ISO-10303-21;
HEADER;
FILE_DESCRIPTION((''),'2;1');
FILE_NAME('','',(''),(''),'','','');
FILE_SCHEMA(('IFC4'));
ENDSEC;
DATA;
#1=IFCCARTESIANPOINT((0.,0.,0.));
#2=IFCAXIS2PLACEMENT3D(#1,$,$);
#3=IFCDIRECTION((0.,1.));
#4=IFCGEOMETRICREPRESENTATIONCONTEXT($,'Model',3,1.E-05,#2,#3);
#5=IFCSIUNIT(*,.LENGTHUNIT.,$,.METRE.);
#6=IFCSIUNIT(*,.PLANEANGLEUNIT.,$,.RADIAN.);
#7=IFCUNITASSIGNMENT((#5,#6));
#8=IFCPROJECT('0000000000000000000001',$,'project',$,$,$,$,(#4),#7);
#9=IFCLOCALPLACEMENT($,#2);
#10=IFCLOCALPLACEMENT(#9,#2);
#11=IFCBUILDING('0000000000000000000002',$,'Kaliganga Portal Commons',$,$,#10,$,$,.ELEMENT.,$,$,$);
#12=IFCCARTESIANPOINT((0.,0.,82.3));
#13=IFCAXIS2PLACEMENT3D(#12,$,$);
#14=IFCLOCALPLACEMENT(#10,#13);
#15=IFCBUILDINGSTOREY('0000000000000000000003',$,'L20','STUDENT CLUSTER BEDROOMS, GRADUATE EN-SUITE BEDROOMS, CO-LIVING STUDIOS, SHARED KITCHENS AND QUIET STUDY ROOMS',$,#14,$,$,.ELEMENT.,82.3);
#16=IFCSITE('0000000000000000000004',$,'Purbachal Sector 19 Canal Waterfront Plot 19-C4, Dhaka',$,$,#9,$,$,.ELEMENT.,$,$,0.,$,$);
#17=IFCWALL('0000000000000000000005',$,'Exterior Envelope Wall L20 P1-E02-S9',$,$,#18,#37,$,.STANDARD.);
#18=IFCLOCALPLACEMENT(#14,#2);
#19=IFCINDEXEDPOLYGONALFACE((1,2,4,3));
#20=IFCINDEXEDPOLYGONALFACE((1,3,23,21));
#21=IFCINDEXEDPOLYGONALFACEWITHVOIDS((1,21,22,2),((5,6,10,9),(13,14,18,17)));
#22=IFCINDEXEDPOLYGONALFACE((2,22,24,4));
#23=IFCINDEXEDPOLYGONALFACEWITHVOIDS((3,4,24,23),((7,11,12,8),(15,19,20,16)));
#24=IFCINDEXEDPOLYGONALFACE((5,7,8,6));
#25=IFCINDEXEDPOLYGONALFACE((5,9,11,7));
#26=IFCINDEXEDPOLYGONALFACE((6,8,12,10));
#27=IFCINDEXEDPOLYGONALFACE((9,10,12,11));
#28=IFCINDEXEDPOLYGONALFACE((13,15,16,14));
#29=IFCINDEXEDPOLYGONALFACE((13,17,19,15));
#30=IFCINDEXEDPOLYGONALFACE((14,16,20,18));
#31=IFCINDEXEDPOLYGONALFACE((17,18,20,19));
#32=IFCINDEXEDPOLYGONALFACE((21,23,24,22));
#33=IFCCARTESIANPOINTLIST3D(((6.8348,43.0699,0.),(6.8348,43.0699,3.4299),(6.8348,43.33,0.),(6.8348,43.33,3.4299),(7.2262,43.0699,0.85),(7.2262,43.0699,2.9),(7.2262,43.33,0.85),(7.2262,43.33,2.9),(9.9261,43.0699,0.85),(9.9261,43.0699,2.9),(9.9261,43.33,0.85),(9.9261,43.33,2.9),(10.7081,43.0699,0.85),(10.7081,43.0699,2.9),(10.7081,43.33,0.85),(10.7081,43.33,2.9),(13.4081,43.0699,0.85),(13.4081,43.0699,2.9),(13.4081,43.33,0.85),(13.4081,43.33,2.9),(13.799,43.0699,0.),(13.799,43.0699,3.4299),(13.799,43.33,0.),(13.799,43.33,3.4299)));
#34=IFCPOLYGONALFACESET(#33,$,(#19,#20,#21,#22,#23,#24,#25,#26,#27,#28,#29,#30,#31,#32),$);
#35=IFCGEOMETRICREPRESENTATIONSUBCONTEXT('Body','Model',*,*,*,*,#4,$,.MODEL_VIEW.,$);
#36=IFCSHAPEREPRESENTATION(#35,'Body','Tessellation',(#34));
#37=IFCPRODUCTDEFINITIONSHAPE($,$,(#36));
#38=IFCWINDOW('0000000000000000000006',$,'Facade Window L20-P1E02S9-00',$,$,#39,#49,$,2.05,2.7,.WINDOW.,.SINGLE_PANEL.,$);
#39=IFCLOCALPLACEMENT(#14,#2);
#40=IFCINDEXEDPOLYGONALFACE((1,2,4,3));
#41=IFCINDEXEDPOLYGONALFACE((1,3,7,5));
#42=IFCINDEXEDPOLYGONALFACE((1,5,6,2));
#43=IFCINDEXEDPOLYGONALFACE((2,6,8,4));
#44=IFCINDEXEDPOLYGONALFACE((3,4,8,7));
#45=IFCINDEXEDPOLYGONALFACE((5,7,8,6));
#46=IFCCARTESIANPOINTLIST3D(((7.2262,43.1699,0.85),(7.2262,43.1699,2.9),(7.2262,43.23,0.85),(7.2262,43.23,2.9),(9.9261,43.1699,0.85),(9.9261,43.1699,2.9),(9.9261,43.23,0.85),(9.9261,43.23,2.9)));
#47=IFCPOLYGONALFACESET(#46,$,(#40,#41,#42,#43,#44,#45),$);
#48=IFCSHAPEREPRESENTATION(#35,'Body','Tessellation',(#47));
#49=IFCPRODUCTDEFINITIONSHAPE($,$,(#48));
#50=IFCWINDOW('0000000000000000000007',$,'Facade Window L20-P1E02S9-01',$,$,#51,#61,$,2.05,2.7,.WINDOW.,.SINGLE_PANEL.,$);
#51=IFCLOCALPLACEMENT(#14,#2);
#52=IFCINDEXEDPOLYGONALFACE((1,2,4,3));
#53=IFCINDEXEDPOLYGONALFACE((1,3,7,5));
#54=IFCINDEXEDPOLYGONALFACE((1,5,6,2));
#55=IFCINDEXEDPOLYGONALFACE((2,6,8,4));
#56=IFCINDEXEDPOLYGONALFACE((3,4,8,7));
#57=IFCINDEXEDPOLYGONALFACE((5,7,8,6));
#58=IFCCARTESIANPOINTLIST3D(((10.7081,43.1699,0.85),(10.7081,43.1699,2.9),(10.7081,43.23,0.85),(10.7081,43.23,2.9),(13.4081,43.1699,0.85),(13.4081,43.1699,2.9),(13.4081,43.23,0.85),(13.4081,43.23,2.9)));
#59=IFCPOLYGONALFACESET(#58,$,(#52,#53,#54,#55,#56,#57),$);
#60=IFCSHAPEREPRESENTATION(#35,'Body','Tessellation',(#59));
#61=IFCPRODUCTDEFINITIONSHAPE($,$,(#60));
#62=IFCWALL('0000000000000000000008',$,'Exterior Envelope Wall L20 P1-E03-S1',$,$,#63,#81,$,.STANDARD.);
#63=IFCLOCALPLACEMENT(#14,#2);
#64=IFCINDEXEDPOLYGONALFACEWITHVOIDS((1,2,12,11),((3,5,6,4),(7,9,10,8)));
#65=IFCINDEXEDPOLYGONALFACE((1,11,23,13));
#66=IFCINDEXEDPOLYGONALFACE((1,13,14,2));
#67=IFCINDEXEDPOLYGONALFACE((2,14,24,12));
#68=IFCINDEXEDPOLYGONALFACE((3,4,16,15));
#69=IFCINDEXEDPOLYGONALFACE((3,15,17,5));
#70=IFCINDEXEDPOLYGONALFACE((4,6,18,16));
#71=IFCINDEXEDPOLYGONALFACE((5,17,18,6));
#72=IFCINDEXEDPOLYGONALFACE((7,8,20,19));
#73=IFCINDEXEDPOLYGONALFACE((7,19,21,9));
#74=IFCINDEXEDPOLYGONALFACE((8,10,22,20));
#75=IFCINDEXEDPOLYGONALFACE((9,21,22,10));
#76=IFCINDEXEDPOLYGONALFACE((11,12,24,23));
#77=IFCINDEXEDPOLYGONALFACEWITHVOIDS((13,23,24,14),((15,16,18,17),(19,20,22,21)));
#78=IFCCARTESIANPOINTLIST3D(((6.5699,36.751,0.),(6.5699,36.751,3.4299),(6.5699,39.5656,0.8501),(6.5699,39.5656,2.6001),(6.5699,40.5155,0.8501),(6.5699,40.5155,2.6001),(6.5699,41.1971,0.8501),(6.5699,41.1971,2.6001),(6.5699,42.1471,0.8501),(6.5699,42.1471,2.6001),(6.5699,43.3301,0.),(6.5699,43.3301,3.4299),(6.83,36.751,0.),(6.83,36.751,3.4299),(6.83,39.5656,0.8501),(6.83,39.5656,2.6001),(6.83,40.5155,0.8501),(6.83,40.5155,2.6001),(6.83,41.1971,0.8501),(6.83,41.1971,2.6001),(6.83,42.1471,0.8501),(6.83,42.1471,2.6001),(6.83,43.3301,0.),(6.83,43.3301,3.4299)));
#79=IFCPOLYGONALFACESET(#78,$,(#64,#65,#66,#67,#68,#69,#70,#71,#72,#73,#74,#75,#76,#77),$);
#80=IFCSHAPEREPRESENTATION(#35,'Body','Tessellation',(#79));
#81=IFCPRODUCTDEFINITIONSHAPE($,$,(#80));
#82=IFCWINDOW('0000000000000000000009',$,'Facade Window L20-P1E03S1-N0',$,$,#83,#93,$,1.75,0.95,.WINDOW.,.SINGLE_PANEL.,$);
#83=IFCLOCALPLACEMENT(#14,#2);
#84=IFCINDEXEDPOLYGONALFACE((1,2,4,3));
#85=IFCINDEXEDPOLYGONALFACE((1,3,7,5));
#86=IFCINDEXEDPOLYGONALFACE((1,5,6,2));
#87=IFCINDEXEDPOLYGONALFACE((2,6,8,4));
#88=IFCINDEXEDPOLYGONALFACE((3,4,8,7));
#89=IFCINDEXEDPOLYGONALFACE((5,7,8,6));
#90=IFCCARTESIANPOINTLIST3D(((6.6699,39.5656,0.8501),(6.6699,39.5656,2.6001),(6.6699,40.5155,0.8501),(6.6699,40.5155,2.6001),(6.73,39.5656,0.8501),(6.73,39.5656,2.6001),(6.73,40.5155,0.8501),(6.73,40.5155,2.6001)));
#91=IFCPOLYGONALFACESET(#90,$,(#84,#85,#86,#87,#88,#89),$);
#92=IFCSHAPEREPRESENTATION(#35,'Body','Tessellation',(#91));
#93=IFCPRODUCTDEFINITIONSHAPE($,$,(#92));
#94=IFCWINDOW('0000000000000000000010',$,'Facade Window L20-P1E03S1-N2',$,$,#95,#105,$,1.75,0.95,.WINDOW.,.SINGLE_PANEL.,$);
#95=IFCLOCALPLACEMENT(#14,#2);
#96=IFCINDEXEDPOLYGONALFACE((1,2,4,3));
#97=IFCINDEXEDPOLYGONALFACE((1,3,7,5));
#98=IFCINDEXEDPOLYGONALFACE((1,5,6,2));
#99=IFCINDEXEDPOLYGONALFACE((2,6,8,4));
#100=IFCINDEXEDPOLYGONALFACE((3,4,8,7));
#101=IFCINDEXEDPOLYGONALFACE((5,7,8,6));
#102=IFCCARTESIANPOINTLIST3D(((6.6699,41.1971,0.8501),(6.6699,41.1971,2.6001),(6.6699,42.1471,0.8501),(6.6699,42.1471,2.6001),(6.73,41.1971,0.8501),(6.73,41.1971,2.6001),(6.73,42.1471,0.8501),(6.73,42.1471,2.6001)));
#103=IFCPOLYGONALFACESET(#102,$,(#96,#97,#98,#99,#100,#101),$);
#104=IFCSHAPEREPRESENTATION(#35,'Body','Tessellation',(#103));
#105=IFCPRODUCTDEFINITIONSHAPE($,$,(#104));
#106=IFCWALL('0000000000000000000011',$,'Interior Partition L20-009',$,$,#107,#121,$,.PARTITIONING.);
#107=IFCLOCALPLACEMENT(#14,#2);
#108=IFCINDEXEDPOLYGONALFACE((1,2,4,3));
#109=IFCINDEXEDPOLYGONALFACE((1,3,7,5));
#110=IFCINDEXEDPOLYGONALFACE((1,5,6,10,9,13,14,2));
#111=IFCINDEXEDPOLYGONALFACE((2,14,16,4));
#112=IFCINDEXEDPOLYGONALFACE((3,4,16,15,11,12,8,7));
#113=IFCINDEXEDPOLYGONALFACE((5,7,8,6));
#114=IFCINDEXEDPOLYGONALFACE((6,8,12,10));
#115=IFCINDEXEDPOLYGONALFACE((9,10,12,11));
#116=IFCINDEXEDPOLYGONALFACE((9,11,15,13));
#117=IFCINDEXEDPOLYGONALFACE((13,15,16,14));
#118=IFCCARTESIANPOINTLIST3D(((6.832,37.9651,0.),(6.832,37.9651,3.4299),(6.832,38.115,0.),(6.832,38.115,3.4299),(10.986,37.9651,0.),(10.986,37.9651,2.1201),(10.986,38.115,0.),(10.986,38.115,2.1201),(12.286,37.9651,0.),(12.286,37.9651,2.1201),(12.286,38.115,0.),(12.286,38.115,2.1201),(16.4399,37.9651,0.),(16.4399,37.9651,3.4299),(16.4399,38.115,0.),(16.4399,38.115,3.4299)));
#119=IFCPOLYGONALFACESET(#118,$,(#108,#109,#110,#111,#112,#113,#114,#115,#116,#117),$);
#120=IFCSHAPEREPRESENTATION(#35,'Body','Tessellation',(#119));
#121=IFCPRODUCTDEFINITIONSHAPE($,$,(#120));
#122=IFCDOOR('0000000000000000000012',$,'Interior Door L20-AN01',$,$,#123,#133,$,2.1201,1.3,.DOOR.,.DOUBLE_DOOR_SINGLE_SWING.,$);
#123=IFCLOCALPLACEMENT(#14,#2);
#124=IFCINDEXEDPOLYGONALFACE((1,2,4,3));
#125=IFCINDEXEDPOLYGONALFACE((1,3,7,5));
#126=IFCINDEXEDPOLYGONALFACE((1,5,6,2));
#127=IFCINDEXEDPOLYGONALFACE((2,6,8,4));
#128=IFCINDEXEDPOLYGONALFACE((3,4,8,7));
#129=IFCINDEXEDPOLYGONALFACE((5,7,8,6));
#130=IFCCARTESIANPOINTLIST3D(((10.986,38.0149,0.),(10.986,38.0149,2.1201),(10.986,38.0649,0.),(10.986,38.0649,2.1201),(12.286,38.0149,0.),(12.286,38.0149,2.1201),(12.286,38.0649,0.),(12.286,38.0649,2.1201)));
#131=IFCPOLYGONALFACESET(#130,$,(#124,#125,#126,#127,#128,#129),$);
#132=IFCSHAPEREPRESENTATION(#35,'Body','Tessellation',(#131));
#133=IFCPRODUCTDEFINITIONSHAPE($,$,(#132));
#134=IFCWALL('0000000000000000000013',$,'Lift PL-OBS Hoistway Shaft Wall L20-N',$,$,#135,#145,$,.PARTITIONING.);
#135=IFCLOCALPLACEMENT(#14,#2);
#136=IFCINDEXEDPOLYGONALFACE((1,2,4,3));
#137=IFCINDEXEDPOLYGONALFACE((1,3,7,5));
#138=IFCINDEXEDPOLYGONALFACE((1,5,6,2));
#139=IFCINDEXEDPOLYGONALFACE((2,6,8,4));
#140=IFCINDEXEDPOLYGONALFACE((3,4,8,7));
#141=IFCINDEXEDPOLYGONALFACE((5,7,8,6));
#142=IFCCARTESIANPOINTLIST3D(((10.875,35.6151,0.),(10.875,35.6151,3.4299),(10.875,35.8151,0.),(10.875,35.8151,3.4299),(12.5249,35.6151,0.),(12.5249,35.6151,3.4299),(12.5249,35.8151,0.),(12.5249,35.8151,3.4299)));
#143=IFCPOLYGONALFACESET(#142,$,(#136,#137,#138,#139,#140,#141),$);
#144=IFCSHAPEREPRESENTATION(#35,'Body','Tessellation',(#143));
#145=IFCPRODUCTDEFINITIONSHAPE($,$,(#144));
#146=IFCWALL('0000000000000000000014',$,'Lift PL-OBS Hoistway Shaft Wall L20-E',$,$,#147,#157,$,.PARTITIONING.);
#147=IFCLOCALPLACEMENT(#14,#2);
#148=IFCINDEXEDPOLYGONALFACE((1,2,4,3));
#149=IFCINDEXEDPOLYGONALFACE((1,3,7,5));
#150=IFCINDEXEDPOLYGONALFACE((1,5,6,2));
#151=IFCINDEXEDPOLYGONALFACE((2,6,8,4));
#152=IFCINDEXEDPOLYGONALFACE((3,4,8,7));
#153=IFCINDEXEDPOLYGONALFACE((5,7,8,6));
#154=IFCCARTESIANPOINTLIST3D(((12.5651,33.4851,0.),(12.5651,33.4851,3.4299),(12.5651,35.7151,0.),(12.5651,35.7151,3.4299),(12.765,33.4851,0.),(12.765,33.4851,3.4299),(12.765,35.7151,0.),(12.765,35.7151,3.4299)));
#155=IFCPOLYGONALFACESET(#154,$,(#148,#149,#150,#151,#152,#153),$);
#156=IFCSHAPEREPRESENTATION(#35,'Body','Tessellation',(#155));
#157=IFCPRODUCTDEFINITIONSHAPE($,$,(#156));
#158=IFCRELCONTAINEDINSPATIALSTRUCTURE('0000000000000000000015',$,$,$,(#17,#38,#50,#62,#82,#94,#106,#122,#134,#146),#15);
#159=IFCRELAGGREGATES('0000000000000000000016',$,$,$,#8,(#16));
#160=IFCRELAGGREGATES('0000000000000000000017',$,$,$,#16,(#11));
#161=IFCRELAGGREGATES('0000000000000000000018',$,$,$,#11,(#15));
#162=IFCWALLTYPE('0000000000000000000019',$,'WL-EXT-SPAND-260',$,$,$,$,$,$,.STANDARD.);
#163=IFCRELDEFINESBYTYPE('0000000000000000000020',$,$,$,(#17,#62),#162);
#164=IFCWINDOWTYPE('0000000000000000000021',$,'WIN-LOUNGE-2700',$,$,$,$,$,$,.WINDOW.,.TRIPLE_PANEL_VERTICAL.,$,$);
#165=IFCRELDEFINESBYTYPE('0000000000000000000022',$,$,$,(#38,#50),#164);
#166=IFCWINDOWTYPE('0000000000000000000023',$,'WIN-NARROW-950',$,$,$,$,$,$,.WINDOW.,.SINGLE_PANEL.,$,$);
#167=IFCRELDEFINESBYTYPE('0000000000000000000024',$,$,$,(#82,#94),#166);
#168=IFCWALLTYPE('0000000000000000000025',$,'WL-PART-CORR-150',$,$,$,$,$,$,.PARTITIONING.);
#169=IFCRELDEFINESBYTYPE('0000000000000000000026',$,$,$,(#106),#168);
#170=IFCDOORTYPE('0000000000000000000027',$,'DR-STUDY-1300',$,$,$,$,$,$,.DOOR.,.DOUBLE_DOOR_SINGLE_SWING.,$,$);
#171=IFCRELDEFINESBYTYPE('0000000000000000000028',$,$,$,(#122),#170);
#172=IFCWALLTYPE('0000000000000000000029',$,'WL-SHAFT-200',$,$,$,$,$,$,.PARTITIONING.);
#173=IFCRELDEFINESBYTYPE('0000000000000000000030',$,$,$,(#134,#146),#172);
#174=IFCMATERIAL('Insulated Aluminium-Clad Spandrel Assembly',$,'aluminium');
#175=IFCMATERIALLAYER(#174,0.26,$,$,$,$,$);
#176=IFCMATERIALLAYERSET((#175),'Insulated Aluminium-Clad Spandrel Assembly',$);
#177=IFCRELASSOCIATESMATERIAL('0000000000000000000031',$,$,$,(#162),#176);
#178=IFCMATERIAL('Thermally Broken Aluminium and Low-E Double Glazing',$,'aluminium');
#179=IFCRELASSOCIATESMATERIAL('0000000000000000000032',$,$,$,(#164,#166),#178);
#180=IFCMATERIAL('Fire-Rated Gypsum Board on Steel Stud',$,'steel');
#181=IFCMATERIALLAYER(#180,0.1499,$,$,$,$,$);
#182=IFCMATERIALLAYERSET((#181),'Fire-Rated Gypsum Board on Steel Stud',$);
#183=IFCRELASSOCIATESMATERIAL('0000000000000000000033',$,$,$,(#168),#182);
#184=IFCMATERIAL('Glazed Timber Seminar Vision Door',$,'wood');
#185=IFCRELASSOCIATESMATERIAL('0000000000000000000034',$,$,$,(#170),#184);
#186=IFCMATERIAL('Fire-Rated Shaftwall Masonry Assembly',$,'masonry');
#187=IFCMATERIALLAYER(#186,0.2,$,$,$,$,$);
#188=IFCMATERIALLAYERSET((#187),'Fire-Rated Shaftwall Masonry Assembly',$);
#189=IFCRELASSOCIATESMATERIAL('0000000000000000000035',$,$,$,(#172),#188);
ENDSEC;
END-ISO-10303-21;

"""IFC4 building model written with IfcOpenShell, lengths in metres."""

from ifc_helpers import new_model, si_unit, direction, frame, frame_2d, origin, place, context, subcontext, project, spatial, rectangle, extrude, material, layer, layer_set, type_object, element, fill, save


model = new_model("IFC4")

# Units and contexts
model_context = context("Model", 3, precision=1e-05, world=origin(), true_north=direction((0.0, 1.0)))
body_context = subcontext(model_context, "Body", "Model", "MODEL_VIEW")
ifc_project = project(units=[si_unit("LENGTHUNIT", "METRE"), si_unit("PLANEANGLEUNIT", "RADIAN")], contexts=[model_context])

# Site, building, storey
site_placement = place(None, origin())
site = spatial("IfcSite", under=ifc_project, at=site_placement, Name="Purbachal Sector 19 Canal Waterfront Plot 19-C4, Dhaka", CompositionType="ELEMENT", RefElevation=0.0)
building_placement = place(site_placement, origin())
building = spatial("IfcBuilding", under=site, at=building_placement, Name="Kaliganga Portal Commons", CompositionType="ELEMENT")
storey_placement = place(building_placement, frame((0.0, 0.0, 82.3)))
storey = spatial("IfcBuildingStorey", under=building, at=storey_placement, Name="L20", Description="STUDENT CLUSTER BEDROOMS, GRADUATE EN-SUITE BEDROOMS, CO-LIVING STUDIOS, SHARED KITCHENS AND QUIET STUDY ROOMS", CompositionType="ELEMENT", Elevation=82.3)

# Walls, openings, windows
ifc_material_1 = material(Name="Insulated Aluminium-Clad Spandrel Assembly", Category="aluminium")
ifc_layer_1 = layer(ifc_material_1, 0.26)
ifc_layer_set_1 = layer_set([ifc_layer_1], Name="Insulated Aluminium-Clad Spandrel Assembly")
wall_type_1 = type_object("IfcWallType", Name="WL-EXT-SPAND-260", PredefinedType="STANDARD", material=ifc_layer_set_1)
wall_1_placement = place(storey_placement, frame((6.835, 43.2, 0.0), z_axis=(0.0, 0.0, 1.0), x_axis=(1.0, 0.0, 0.0)))
wall_1 = element("IfcWall", 1, at=wall_1_placement, inside=storey, type_object=wall_type_1, Name="Exterior Envelope Wall L20 P1-E02-S9", PredefinedType="STANDARD", context=body_context, shape_type="SweptSolid", body=[
    extrude(rectangle(XDim=6.9641, YDim=0.26, at=frame_2d((3.4819, 0.0))), origin(), (0.0, 0.0, 1.0), 3.4299),
])
opening_1_placement = place(wall_1_placement, frame((0.3911, 0.0, 0.8501)))
opening_1 = element("IfcOpeningElement", 2, at=opening_1_placement, cuts=wall_1, PredefinedType="OPENING", context=body_context, shape_type="SweptSolid", body=[
    extrude(rectangle(XDim=2.7, YDim=2.05, at=frame_2d((1.3501, 1.0249))), frame((0.0, 0.1401, 0.0), z_axis=(0.0, -1.0, 0.0), x_axis=(1.0, 0.0, 0.0)), (0.0, 0.0, 1.0), 0.28),
])
opening_2_placement = place(wall_1_placement, frame((3.873, 0.0, 0.8501)))
opening_2 = element("IfcOpeningElement", 3, at=opening_2_placement, cuts=wall_1, PredefinedType="OPENING", context=body_context, shape_type="SweptSolid", body=[
    extrude(rectangle(XDim=2.7, YDim=2.05, at=frame_2d((1.3501, 1.0249))), frame((0.0, 0.1401, 0.0), z_axis=(0.0, -1.0, 0.0), x_axis=(1.0, 0.0, 0.0)), (0.0, 0.0, 1.0), 0.28),
])
ifc_material_2 = material(Name="Thermally Broken Aluminium and Low-E Double Glazing", Category="aluminium")
window_type_1 = type_object("IfcWindowType", Name="WIN-LOUNGE-2700", PartitioningType="TRIPLE_PANEL_VERTICAL", PredefinedType="WINDOW", material=ifc_material_2)
window_1_placement = place(opening_1_placement, origin())
window_1 = element("IfcWindow", 4, at=window_1_placement, inside=storey, type_object=window_type_1, Name="Facade Window L20-P1E02S9-00", OverallHeight=2.05, OverallWidth=2.7, PartitioningType="SINGLE_PANEL", PredefinedType="WINDOW", context=body_context, shape_type="SweptSolid", body=[
    extrude(rectangle(XDim=2.7, YDim=2.05, at=frame_2d((1.3501, 1.0249))), frame((0.0, 0.03, 0.0), z_axis=(0.0, -1.0, 0.0), x_axis=(1.0, 0.0, 0.0)), (0.0, 0.0, 1.0), 0.0601),
])
fill(opening_1, window_1)
window_2_placement = place(opening_2_placement, origin())
window_2 = element("IfcWindow", 5, at=window_2_placement, inside=storey, type_object=window_type_1, Name="Facade Window L20-P1E02S9-01", OverallHeight=2.05, OverallWidth=2.7, PartitioningType="SINGLE_PANEL", PredefinedType="WINDOW", context=body_context, shape_type="SweptSolid", body=[
    extrude(rectangle(XDim=2.7, YDim=2.05, at=frame_2d((1.3501, 1.0249))), frame((0.0, 0.03, 0.0), z_axis=(0.0, -1.0, 0.0), x_axis=(1.0, 0.0, 0.0)), (0.0, 0.0, 1.0), 0.0601),
])
fill(opening_2, window_2)
wall_2_placement = place(storey_placement, frame((6.7, 36.751, 0.0), z_axis=(0.0, 0.0, 1.0), x_axis=(0.0, 1.0, 0.0)))
wall_2 = element("IfcWall", 6, at=wall_2_placement, inside=storey, type_object=wall_type_1, Name="Exterior Envelope Wall L20 P1-E03-S1", PredefinedType="STANDARD", context=body_context, shape_type="SweptSolid", body=[
    extrude(rectangle(XDim=6.5791, YDim=0.26, at=frame_2d((3.2896, 0.0))), origin(), (0.0, 0.0, 1.0), 3.4299),
])
opening_3_placement = place(wall_2_placement, frame((2.8145, 0.0, 0.8501)))
opening_3 = element("IfcOpeningElement", 7, at=opening_3_placement, cuts=wall_2, PredefinedType="OPENING", context=body_context, shape_type="SweptSolid", body=[
    extrude(rectangle(XDim=0.95, YDim=1.75, at=frame_2d((0.4751, 0.875))), frame((0.0, 0.1401, 0.0), z_axis=(0.0, -1.0, 0.0), x_axis=(1.0, 0.0, 0.0)), (0.0, 0.0, 1.0), 0.28),
])
opening_4_placement = place(wall_2_placement, frame((4.446, 0.0, 0.8501)))
opening_4 = element("IfcOpeningElement", 8, at=opening_4_placement, cuts=wall_2, PredefinedType="OPENING", context=body_context, shape_type="SweptSolid", body=[
    extrude(rectangle(XDim=0.95, YDim=1.75, at=frame_2d((0.4751, 0.875))), frame((0.0, 0.1401, 0.0), z_axis=(0.0, -1.0, 0.0), x_axis=(1.0, 0.0, 0.0)), (0.0, 0.0, 1.0), 0.28),
])
window_type_2 = type_object("IfcWindowType", Name="WIN-NARROW-950", PartitioningType="SINGLE_PANEL", PredefinedType="WINDOW", material=ifc_material_2)
window_3_placement = place(opening_3_placement, origin())
window_3 = element("IfcWindow", 9, at=window_3_placement, inside=storey, type_object=window_type_2, Name="Facade Window L20-P1E03S1-N0", OverallHeight=1.75, OverallWidth=0.95, PartitioningType="SINGLE_PANEL", PredefinedType="WINDOW", context=body_context, shape_type="SweptSolid", body=[
    extrude(rectangle(XDim=0.95, YDim=1.75, at=frame_2d((0.4751, 0.875))), frame((0.0, 0.03, 0.0), z_axis=(0.0, -1.0, 0.0), x_axis=(1.0, 0.0, 0.0)), (0.0, 0.0, 1.0), 0.0601),
])
fill(opening_3, window_3)
window_4_placement = place(opening_4_placement, origin())
window_4 = element("IfcWindow", 10, at=window_4_placement, inside=storey, type_object=window_type_2, Name="Facade Window L20-P1E03S1-N2", OverallHeight=1.75, OverallWidth=0.95, PartitioningType="SINGLE_PANEL", PredefinedType="WINDOW", context=body_context, shape_type="SweptSolid", body=[
    extrude(rectangle(XDim=0.95, YDim=1.75, at=frame_2d((0.4751, 0.875))), frame((0.0, 0.03, 0.0), z_axis=(0.0, -1.0, 0.0), x_axis=(1.0, 0.0, 0.0)), (0.0, 0.0, 1.0), 0.0601),
])
fill(opening_4, window_4)

# Wall, opening, door
ifc_material_3 = material(Name="Fire-Rated Gypsum Board on Steel Stud", Category="steel")
ifc_layer_2 = layer(ifc_material_3, 0.1499)
ifc_layer_set_2 = layer_set([ifc_layer_2], Name="Fire-Rated Gypsum Board on Steel Stud")
wall_type_2 = type_object("IfcWallType", Name="WL-PART-CORR-150", PredefinedType="PARTITIONING", material=ifc_layer_set_2)
wall_3_placement = place(storey_placement, frame((6.832, 38.04, 0.0), z_axis=(0.0, 0.0, 1.0), x_axis=(1.0, 0.0, 0.0)))
wall_3 = element("IfcWall", 11, at=wall_3_placement, inside=storey, type_object=wall_type_2, Name="Interior Partition L20-009", PredefinedType="PARTITIONING", context=body_context, shape_type="SweptSolid", body=[
    extrude(rectangle(XDim=9.6079, YDim=0.1499, at=frame_2d((4.804, 0.0))), origin(), (0.0, 0.0, 1.0), 3.4299),
])
opening_5_placement = place(wall_3_placement, frame((4.1541, 0.0, 0.0)))
opening_5 = element("IfcOpeningElement", 12, at=opening_5_placement, cuts=wall_3, PredefinedType="OPENING", context=body_context, shape_type="SweptSolid", body=[
    extrude(rectangle(XDim=1.3, YDim=2.1201, at=frame_2d((0.6499, 1.0601))), frame((0.0, 0.085, 0.0), z_axis=(0.0, -1.0, 0.0), x_axis=(1.0, 0.0, 0.0)), (0.0, 0.0, 1.0), 0.1699),
])
ifc_material_4 = material(Name="Glazed Timber Seminar Vision Door", Category="wood")
door_type_1 = type_object("IfcDoorType", Name="DR-STUDY-1300", OperationType="DOUBLE_DOOR_SINGLE_SWING", PredefinedType="DOOR", material=ifc_material_4)
door_1_placement = place(opening_5_placement, origin())
door_1 = element("IfcDoor", 13, at=door_1_placement, inside=storey, type_object=door_type_1, Name="Interior Door L20-AN01", OperationType="DOUBLE_DOOR_SINGLE_SWING", OverallHeight=2.1201, OverallWidth=1.3, PredefinedType="DOOR", context=body_context, shape_type="SweptSolid", body=[
    extrude(rectangle(XDim=1.3, YDim=2.1201, at=frame_2d((0.6499, 1.0601))), frame((0.0, 0.0249, 0.0), z_axis=(0.0, -1.0, 0.0), x_axis=(1.0, 0.0, 0.0)), (0.0, 0.0, 1.0), 0.05),
])
fill(opening_5, door_1)
ifc_material_5 = material(Name="Fire-Rated Shaftwall Masonry Assembly", Category="masonry")
ifc_layer_3 = layer(ifc_material_5, 0.2)
ifc_layer_set_3 = layer_set([ifc_layer_3], Name="Fire-Rated Shaftwall Masonry Assembly")
wall_type_3 = type_object("IfcWallType", Name="WL-SHAFT-200", PredefinedType="PARTITIONING", material=ifc_layer_set_3)

# Walls
wall_4_placement = place(storey_placement, frame((10.875, 35.7151, 0.0), z_axis=(0.0, 0.0, 1.0), x_axis=(1.0, 0.0, 0.0)))
element("IfcWall", 14, at=wall_4_placement, inside=storey, type_object=wall_type_3, Name="Lift PL-OBS Hoistway Shaft Wall L20-N", PredefinedType="PARTITIONING", context=body_context, shape_type="SweptSolid", body=[
    extrude(rectangle(XDim=1.6499, YDim=0.2, at=frame_2d((0.825, 0.0))), origin(), (0.0, 0.0, 1.0), 3.4299),
])
wall_5_placement = place(storey_placement, frame((12.665, 33.4851, 0.0), z_axis=(0.0, 0.0, 1.0), x_axis=(0.0, 1.0, 0.0)))
element("IfcWall", 15, at=wall_5_placement, inside=storey, type_object=wall_type_3, Name="Lift PL-OBS Hoistway Shaft Wall L20-E", PredefinedType="PARTITIONING", context=body_context, shape_type="SweptSolid", body=[
    extrude(rectangle(XDim=2.23, YDim=0.2, at=frame_2d((1.115, 0.0))), origin(), (0.0, 0.0, 1.0), 3.4299),
])

save(model, "model.ifc")
